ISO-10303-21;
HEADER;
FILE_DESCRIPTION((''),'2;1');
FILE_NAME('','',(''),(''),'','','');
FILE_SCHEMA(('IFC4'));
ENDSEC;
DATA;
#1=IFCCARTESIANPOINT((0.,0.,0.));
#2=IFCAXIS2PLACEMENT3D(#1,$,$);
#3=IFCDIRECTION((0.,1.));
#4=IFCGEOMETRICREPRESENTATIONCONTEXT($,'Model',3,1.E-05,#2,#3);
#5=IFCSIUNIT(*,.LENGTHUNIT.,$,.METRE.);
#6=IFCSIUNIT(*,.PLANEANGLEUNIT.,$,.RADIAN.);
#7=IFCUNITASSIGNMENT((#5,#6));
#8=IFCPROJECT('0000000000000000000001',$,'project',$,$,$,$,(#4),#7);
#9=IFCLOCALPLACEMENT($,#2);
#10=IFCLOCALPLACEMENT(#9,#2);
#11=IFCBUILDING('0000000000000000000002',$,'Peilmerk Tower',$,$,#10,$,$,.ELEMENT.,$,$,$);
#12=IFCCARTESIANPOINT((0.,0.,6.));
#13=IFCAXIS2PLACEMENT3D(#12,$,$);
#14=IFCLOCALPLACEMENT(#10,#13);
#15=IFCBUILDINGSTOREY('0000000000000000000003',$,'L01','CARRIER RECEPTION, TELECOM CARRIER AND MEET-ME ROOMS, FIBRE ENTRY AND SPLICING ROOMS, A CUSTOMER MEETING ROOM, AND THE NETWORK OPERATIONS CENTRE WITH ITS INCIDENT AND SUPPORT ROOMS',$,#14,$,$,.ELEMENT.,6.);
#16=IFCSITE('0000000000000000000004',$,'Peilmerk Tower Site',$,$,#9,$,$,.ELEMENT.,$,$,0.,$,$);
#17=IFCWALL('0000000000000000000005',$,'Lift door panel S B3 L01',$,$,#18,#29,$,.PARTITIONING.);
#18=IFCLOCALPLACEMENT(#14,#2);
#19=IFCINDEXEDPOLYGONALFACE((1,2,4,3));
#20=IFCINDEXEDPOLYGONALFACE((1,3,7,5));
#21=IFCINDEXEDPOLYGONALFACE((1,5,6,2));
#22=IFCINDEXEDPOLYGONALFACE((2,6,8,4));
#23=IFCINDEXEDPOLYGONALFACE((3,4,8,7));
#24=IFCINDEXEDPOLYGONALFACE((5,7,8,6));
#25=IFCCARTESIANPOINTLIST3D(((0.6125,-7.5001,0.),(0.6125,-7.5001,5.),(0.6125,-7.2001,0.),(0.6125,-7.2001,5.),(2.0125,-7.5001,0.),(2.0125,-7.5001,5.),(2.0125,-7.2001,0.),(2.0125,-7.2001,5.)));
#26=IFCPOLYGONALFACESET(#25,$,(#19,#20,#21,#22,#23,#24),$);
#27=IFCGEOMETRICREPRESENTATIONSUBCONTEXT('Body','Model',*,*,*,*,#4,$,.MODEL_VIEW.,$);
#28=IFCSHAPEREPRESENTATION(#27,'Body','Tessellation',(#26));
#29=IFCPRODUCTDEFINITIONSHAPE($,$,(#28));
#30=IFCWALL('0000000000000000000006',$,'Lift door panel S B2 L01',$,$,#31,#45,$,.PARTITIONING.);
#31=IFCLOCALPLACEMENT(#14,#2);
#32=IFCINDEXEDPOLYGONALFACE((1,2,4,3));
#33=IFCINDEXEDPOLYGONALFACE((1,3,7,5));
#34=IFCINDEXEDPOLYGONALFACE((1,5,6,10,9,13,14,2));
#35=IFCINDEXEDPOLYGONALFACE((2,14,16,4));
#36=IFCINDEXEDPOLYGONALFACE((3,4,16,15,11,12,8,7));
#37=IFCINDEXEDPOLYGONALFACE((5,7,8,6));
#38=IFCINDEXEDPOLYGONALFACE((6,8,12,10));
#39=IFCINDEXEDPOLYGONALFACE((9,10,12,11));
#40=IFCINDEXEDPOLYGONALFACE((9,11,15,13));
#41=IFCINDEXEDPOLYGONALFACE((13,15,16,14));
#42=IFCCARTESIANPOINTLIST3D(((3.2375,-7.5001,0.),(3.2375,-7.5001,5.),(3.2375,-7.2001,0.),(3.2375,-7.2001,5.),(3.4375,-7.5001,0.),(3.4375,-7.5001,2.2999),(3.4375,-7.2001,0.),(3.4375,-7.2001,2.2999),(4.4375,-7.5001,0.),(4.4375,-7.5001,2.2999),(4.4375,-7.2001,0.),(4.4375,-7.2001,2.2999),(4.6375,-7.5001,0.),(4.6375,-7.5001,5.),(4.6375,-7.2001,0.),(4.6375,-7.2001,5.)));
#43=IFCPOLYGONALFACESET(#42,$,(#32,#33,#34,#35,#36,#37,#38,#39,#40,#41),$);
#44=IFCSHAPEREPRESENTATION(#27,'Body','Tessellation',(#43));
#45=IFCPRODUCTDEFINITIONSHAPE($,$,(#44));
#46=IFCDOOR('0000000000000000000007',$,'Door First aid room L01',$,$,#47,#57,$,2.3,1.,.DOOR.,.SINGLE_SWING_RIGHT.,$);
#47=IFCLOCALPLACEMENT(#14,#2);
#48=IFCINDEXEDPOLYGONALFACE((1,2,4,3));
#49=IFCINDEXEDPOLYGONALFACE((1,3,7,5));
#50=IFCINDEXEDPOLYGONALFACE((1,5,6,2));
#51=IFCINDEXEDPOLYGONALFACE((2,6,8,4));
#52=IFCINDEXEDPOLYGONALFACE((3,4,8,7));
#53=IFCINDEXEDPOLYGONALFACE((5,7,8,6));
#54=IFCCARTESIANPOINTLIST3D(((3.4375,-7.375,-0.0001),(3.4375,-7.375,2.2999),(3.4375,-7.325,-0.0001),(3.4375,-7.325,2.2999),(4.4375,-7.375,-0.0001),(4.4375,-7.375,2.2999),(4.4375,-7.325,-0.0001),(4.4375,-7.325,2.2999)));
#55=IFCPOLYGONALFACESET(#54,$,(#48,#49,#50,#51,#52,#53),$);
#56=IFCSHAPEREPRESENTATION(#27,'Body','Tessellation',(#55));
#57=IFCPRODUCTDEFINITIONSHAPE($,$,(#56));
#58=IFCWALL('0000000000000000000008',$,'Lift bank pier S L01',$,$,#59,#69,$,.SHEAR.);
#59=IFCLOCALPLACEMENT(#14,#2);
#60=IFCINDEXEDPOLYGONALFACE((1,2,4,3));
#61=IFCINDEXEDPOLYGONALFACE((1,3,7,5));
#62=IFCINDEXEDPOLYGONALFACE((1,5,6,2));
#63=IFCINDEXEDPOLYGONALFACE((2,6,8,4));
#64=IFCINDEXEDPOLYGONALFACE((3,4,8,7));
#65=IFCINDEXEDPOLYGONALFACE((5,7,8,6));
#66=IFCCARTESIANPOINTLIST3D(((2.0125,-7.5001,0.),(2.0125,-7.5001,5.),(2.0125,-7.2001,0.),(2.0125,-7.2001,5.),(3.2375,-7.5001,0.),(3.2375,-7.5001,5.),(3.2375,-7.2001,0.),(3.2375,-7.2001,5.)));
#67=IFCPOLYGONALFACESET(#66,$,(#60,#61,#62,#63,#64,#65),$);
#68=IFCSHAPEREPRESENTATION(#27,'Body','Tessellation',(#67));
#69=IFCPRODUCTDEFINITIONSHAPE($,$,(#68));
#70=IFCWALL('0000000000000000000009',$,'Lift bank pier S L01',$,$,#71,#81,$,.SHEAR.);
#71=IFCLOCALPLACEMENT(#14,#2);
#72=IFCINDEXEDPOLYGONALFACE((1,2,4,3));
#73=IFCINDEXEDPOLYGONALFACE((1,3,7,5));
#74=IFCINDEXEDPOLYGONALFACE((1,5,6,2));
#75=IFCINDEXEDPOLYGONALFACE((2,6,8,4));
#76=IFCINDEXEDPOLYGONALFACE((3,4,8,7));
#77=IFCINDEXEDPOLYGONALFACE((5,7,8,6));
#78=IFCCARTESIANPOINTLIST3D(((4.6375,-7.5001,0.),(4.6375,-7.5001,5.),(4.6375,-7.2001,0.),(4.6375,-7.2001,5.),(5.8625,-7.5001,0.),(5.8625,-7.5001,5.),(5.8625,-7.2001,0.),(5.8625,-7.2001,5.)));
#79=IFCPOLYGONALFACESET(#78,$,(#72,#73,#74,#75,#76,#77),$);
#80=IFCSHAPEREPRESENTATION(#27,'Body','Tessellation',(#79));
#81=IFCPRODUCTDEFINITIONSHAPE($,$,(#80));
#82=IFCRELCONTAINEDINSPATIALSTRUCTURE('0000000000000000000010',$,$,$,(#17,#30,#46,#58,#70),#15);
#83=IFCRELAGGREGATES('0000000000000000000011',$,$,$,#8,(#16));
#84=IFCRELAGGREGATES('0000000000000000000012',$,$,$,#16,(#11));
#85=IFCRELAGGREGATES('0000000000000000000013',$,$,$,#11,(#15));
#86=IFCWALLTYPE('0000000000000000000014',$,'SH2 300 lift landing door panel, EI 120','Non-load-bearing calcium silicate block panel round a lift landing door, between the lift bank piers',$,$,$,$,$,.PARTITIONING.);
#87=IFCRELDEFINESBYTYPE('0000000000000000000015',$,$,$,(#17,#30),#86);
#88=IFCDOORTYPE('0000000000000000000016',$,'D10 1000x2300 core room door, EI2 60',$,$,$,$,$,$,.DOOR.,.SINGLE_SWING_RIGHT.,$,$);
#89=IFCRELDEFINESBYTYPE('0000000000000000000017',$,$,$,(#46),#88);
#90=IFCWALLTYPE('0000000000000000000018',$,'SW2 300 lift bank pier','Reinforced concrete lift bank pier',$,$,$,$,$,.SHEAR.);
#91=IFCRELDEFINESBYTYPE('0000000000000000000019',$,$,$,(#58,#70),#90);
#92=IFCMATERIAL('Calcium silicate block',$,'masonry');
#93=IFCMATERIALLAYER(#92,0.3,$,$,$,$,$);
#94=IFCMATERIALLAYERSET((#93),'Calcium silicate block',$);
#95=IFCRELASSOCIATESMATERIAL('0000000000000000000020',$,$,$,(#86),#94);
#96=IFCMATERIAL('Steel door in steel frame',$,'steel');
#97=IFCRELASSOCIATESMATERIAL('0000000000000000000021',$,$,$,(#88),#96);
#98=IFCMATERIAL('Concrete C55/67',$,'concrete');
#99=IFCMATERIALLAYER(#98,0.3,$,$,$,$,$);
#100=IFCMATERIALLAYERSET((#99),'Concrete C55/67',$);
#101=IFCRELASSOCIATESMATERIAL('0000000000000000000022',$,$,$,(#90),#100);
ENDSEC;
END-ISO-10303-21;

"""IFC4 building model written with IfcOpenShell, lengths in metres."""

from ifc_helpers import new_model, si_unit, direction, frame, frame_2d, origin, place, context, subcontext, project, spatial, rectangle, extrude, material, layer, layer_set, type_object, element, fill, save


model = new_model("IFC4")

# Units and contexts
model_context = context("Model", 3, precision=1e-05, world=origin(), true_north=direction((0.0, 1.0)))
body_context = subcontext(model_context, "Body", "Model", "MODEL_VIEW")
ifc_project = project(units=[si_unit("LENGTHUNIT", "METRE"), si_unit("PLANEANGLEUNIT", "RADIAN")], contexts=[model_context])

# Site, building, storey
site_placement = place(None, origin())
site = spatial("IfcSite", under=ifc_project, at=site_placement, Name="Peilmerk Tower Site", CompositionType="ELEMENT", RefElevation=0.0)
building_placement = place(site_placement, origin())
building = spatial("IfcBuilding", under=site, at=building_placement, Name="Peilmerk Tower", CompositionType="ELEMENT")
storey_placement = place(building_placement, frame((0.0, 0.0, 6.0)))
storey = spatial("IfcBuildingStorey", under=building, at=storey_placement, Name="L01", Description="CARRIER RECEPTION, TELECOM CARRIER AND MEET-ME ROOMS, FIBRE ENTRY AND SPLICING ROOMS, A CUSTOMER MEETING ROOM, AND THE NETWORK OPERATIONS CENTRE WITH ITS INCIDENT AND SUPPORT ROOMS", CompositionType="ELEMENT", Elevation=6.0)

# Wall
ifc_material_1 = material(Name="Calcium silicate block", Category="masonry")
ifc_layer_1 = layer(ifc_material_1, 0.3)
ifc_layer_set_1 = layer_set([ifc_layer_1], Name="Calcium silicate block")
wall_type_1 = type_object("IfcWallType", Name="SH2 300 lift landing door panel, EI 120", Description="Non-load-bearing calcium silicate block panel round a lift landing door, between the lift bank piers", PredefinedType="PARTITIONING", material=ifc_layer_set_1)
wall_1_placement = place(storey_placement, frame((0.6125, -7.3501, 0.0), z_axis=(0.0, 0.0, 1.0), x_axis=(1.0, 0.0, 0.0)))
element("IfcWall", 1, at=wall_1_placement, inside=storey, type_object=wall_type_1, Name="Lift door panel S B3 L01", PredefinedType="PARTITIONING", context=body_context, shape_type="SweptSolid", body=[
    extrude(rectangle(XDim=1.3999, YDim=0.3, at=frame_2d((0.7, 0.0))), origin(), (0.0, 0.0, 1.0), 5.0),
])

# Wall, opening, door
wall_2_placement = place(storey_placement, frame((3.2375, -7.3501, 0.0), z_axis=(0.0, 0.0, 1.0), x_axis=(1.0, 0.0, 0.0)))
wall_2 = element("IfcWall", 2, at=wall_2_placement, inside=storey, type_object=wall_type_1, Name="Lift door panel S B2 L01", PredefinedType="PARTITIONING", context=body_context, shape_type="SweptSolid", body=[
    extrude(rectangle(XDim=1.3999, YDim=0.3, at=frame_2d((0.7, 0.0))), origin(), (0.0, 0.0, 1.0), 5.0),
])
opening_placement = place(wall_2_placement, frame((0.2, 0.0, 0.0)))
opening = element("IfcOpeningElement", 3, at=opening_placement, cuts=wall_2, PredefinedType="OPENING", context=body_context, shape_type="SweptSolid", body=[
    extrude(rectangle(XDim=1.0, YDim=2.3, at=frame_2d((0.5, 1.1499))), frame((0.0, 0.1599, 0.0), z_axis=(0.0, -1.0, 0.0), x_axis=(1.0, 0.0, 0.0)), (0.0, 0.0, 1.0), 0.3201),
])
ifc_material_2 = material(Name="Steel door in steel frame", Category="steel")
door_type = type_object("IfcDoorType", Name="D10 1000x2300 core room door, EI2 60", OperationType="SINGLE_SWING_RIGHT", PredefinedType="DOOR", material=ifc_material_2)
door_placement = place(opening_placement, frame((1.0, 0.0, 0.0), z_axis=(0.0, 0.0, 1.0), x_axis=(-1.0, 0.0, 0.0)))
door = element("IfcDoor", 4, at=door_placement, inside=storey, type_object=door_type, Name="Door First aid room L01", OperationType="SINGLE_SWING_RIGHT", OverallHeight=2.3, OverallWidth=1.0, PredefinedType="DOOR", context=body_context, shape_type="SweptSolid", body=[
    extrude(rectangle(XDim=1.0, YDim=2.3, at=frame_2d((0.5, 1.1499))), frame((0.0, 0.0249, 0.0), z_axis=(0.0, -1.0, 0.0), x_axis=(1.0, 0.0, 0.0)), (0.0, 0.0, 1.0), 0.05),
])
fill(opening, door)

# Walls
ifc_material_3 = material(Name="Concrete C55/67", Category="concrete")
ifc_layer_2 = layer(ifc_material_3, 0.3)
ifc_layer_set_2 = layer_set([ifc_layer_2], Name="Concrete C55/67")
wall_type_2 = type_object("IfcWallType", Name="SW2 300 lift bank pier", Description="Reinforced concrete lift bank pier", PredefinedType="SHEAR", material=ifc_layer_set_2)
for number, where, z_axis, x_axis, name in (
    (5, (2.0125, -7.3501, 0.0), (0.0, 0.0, 1.0), (1.0, 0.0, 0.0), "Lift bank pier S L01"),
    (6, (4.6375, -7.3501, 0.0), (0.0, 0.0, 1.0), (1.0, 0.0, 0.0), "Lift bank pier S L01"),
):
    element("IfcWall", number, at=place(storey_placement, frame(where, z_axis=z_axis, x_axis=x_axis)), inside=storey, type_object=wall_type_2, Name=name, PredefinedType="SHEAR", context=body_context, shape_type="SweptSolid", body=[
        extrude(rectangle(XDim=1.2251, YDim=0.3, at=frame_2d((0.6125, 0.0))), origin(), (0.0, 0.0, 1.0), 5.0),
    ])

save(model, "model.ifc")
